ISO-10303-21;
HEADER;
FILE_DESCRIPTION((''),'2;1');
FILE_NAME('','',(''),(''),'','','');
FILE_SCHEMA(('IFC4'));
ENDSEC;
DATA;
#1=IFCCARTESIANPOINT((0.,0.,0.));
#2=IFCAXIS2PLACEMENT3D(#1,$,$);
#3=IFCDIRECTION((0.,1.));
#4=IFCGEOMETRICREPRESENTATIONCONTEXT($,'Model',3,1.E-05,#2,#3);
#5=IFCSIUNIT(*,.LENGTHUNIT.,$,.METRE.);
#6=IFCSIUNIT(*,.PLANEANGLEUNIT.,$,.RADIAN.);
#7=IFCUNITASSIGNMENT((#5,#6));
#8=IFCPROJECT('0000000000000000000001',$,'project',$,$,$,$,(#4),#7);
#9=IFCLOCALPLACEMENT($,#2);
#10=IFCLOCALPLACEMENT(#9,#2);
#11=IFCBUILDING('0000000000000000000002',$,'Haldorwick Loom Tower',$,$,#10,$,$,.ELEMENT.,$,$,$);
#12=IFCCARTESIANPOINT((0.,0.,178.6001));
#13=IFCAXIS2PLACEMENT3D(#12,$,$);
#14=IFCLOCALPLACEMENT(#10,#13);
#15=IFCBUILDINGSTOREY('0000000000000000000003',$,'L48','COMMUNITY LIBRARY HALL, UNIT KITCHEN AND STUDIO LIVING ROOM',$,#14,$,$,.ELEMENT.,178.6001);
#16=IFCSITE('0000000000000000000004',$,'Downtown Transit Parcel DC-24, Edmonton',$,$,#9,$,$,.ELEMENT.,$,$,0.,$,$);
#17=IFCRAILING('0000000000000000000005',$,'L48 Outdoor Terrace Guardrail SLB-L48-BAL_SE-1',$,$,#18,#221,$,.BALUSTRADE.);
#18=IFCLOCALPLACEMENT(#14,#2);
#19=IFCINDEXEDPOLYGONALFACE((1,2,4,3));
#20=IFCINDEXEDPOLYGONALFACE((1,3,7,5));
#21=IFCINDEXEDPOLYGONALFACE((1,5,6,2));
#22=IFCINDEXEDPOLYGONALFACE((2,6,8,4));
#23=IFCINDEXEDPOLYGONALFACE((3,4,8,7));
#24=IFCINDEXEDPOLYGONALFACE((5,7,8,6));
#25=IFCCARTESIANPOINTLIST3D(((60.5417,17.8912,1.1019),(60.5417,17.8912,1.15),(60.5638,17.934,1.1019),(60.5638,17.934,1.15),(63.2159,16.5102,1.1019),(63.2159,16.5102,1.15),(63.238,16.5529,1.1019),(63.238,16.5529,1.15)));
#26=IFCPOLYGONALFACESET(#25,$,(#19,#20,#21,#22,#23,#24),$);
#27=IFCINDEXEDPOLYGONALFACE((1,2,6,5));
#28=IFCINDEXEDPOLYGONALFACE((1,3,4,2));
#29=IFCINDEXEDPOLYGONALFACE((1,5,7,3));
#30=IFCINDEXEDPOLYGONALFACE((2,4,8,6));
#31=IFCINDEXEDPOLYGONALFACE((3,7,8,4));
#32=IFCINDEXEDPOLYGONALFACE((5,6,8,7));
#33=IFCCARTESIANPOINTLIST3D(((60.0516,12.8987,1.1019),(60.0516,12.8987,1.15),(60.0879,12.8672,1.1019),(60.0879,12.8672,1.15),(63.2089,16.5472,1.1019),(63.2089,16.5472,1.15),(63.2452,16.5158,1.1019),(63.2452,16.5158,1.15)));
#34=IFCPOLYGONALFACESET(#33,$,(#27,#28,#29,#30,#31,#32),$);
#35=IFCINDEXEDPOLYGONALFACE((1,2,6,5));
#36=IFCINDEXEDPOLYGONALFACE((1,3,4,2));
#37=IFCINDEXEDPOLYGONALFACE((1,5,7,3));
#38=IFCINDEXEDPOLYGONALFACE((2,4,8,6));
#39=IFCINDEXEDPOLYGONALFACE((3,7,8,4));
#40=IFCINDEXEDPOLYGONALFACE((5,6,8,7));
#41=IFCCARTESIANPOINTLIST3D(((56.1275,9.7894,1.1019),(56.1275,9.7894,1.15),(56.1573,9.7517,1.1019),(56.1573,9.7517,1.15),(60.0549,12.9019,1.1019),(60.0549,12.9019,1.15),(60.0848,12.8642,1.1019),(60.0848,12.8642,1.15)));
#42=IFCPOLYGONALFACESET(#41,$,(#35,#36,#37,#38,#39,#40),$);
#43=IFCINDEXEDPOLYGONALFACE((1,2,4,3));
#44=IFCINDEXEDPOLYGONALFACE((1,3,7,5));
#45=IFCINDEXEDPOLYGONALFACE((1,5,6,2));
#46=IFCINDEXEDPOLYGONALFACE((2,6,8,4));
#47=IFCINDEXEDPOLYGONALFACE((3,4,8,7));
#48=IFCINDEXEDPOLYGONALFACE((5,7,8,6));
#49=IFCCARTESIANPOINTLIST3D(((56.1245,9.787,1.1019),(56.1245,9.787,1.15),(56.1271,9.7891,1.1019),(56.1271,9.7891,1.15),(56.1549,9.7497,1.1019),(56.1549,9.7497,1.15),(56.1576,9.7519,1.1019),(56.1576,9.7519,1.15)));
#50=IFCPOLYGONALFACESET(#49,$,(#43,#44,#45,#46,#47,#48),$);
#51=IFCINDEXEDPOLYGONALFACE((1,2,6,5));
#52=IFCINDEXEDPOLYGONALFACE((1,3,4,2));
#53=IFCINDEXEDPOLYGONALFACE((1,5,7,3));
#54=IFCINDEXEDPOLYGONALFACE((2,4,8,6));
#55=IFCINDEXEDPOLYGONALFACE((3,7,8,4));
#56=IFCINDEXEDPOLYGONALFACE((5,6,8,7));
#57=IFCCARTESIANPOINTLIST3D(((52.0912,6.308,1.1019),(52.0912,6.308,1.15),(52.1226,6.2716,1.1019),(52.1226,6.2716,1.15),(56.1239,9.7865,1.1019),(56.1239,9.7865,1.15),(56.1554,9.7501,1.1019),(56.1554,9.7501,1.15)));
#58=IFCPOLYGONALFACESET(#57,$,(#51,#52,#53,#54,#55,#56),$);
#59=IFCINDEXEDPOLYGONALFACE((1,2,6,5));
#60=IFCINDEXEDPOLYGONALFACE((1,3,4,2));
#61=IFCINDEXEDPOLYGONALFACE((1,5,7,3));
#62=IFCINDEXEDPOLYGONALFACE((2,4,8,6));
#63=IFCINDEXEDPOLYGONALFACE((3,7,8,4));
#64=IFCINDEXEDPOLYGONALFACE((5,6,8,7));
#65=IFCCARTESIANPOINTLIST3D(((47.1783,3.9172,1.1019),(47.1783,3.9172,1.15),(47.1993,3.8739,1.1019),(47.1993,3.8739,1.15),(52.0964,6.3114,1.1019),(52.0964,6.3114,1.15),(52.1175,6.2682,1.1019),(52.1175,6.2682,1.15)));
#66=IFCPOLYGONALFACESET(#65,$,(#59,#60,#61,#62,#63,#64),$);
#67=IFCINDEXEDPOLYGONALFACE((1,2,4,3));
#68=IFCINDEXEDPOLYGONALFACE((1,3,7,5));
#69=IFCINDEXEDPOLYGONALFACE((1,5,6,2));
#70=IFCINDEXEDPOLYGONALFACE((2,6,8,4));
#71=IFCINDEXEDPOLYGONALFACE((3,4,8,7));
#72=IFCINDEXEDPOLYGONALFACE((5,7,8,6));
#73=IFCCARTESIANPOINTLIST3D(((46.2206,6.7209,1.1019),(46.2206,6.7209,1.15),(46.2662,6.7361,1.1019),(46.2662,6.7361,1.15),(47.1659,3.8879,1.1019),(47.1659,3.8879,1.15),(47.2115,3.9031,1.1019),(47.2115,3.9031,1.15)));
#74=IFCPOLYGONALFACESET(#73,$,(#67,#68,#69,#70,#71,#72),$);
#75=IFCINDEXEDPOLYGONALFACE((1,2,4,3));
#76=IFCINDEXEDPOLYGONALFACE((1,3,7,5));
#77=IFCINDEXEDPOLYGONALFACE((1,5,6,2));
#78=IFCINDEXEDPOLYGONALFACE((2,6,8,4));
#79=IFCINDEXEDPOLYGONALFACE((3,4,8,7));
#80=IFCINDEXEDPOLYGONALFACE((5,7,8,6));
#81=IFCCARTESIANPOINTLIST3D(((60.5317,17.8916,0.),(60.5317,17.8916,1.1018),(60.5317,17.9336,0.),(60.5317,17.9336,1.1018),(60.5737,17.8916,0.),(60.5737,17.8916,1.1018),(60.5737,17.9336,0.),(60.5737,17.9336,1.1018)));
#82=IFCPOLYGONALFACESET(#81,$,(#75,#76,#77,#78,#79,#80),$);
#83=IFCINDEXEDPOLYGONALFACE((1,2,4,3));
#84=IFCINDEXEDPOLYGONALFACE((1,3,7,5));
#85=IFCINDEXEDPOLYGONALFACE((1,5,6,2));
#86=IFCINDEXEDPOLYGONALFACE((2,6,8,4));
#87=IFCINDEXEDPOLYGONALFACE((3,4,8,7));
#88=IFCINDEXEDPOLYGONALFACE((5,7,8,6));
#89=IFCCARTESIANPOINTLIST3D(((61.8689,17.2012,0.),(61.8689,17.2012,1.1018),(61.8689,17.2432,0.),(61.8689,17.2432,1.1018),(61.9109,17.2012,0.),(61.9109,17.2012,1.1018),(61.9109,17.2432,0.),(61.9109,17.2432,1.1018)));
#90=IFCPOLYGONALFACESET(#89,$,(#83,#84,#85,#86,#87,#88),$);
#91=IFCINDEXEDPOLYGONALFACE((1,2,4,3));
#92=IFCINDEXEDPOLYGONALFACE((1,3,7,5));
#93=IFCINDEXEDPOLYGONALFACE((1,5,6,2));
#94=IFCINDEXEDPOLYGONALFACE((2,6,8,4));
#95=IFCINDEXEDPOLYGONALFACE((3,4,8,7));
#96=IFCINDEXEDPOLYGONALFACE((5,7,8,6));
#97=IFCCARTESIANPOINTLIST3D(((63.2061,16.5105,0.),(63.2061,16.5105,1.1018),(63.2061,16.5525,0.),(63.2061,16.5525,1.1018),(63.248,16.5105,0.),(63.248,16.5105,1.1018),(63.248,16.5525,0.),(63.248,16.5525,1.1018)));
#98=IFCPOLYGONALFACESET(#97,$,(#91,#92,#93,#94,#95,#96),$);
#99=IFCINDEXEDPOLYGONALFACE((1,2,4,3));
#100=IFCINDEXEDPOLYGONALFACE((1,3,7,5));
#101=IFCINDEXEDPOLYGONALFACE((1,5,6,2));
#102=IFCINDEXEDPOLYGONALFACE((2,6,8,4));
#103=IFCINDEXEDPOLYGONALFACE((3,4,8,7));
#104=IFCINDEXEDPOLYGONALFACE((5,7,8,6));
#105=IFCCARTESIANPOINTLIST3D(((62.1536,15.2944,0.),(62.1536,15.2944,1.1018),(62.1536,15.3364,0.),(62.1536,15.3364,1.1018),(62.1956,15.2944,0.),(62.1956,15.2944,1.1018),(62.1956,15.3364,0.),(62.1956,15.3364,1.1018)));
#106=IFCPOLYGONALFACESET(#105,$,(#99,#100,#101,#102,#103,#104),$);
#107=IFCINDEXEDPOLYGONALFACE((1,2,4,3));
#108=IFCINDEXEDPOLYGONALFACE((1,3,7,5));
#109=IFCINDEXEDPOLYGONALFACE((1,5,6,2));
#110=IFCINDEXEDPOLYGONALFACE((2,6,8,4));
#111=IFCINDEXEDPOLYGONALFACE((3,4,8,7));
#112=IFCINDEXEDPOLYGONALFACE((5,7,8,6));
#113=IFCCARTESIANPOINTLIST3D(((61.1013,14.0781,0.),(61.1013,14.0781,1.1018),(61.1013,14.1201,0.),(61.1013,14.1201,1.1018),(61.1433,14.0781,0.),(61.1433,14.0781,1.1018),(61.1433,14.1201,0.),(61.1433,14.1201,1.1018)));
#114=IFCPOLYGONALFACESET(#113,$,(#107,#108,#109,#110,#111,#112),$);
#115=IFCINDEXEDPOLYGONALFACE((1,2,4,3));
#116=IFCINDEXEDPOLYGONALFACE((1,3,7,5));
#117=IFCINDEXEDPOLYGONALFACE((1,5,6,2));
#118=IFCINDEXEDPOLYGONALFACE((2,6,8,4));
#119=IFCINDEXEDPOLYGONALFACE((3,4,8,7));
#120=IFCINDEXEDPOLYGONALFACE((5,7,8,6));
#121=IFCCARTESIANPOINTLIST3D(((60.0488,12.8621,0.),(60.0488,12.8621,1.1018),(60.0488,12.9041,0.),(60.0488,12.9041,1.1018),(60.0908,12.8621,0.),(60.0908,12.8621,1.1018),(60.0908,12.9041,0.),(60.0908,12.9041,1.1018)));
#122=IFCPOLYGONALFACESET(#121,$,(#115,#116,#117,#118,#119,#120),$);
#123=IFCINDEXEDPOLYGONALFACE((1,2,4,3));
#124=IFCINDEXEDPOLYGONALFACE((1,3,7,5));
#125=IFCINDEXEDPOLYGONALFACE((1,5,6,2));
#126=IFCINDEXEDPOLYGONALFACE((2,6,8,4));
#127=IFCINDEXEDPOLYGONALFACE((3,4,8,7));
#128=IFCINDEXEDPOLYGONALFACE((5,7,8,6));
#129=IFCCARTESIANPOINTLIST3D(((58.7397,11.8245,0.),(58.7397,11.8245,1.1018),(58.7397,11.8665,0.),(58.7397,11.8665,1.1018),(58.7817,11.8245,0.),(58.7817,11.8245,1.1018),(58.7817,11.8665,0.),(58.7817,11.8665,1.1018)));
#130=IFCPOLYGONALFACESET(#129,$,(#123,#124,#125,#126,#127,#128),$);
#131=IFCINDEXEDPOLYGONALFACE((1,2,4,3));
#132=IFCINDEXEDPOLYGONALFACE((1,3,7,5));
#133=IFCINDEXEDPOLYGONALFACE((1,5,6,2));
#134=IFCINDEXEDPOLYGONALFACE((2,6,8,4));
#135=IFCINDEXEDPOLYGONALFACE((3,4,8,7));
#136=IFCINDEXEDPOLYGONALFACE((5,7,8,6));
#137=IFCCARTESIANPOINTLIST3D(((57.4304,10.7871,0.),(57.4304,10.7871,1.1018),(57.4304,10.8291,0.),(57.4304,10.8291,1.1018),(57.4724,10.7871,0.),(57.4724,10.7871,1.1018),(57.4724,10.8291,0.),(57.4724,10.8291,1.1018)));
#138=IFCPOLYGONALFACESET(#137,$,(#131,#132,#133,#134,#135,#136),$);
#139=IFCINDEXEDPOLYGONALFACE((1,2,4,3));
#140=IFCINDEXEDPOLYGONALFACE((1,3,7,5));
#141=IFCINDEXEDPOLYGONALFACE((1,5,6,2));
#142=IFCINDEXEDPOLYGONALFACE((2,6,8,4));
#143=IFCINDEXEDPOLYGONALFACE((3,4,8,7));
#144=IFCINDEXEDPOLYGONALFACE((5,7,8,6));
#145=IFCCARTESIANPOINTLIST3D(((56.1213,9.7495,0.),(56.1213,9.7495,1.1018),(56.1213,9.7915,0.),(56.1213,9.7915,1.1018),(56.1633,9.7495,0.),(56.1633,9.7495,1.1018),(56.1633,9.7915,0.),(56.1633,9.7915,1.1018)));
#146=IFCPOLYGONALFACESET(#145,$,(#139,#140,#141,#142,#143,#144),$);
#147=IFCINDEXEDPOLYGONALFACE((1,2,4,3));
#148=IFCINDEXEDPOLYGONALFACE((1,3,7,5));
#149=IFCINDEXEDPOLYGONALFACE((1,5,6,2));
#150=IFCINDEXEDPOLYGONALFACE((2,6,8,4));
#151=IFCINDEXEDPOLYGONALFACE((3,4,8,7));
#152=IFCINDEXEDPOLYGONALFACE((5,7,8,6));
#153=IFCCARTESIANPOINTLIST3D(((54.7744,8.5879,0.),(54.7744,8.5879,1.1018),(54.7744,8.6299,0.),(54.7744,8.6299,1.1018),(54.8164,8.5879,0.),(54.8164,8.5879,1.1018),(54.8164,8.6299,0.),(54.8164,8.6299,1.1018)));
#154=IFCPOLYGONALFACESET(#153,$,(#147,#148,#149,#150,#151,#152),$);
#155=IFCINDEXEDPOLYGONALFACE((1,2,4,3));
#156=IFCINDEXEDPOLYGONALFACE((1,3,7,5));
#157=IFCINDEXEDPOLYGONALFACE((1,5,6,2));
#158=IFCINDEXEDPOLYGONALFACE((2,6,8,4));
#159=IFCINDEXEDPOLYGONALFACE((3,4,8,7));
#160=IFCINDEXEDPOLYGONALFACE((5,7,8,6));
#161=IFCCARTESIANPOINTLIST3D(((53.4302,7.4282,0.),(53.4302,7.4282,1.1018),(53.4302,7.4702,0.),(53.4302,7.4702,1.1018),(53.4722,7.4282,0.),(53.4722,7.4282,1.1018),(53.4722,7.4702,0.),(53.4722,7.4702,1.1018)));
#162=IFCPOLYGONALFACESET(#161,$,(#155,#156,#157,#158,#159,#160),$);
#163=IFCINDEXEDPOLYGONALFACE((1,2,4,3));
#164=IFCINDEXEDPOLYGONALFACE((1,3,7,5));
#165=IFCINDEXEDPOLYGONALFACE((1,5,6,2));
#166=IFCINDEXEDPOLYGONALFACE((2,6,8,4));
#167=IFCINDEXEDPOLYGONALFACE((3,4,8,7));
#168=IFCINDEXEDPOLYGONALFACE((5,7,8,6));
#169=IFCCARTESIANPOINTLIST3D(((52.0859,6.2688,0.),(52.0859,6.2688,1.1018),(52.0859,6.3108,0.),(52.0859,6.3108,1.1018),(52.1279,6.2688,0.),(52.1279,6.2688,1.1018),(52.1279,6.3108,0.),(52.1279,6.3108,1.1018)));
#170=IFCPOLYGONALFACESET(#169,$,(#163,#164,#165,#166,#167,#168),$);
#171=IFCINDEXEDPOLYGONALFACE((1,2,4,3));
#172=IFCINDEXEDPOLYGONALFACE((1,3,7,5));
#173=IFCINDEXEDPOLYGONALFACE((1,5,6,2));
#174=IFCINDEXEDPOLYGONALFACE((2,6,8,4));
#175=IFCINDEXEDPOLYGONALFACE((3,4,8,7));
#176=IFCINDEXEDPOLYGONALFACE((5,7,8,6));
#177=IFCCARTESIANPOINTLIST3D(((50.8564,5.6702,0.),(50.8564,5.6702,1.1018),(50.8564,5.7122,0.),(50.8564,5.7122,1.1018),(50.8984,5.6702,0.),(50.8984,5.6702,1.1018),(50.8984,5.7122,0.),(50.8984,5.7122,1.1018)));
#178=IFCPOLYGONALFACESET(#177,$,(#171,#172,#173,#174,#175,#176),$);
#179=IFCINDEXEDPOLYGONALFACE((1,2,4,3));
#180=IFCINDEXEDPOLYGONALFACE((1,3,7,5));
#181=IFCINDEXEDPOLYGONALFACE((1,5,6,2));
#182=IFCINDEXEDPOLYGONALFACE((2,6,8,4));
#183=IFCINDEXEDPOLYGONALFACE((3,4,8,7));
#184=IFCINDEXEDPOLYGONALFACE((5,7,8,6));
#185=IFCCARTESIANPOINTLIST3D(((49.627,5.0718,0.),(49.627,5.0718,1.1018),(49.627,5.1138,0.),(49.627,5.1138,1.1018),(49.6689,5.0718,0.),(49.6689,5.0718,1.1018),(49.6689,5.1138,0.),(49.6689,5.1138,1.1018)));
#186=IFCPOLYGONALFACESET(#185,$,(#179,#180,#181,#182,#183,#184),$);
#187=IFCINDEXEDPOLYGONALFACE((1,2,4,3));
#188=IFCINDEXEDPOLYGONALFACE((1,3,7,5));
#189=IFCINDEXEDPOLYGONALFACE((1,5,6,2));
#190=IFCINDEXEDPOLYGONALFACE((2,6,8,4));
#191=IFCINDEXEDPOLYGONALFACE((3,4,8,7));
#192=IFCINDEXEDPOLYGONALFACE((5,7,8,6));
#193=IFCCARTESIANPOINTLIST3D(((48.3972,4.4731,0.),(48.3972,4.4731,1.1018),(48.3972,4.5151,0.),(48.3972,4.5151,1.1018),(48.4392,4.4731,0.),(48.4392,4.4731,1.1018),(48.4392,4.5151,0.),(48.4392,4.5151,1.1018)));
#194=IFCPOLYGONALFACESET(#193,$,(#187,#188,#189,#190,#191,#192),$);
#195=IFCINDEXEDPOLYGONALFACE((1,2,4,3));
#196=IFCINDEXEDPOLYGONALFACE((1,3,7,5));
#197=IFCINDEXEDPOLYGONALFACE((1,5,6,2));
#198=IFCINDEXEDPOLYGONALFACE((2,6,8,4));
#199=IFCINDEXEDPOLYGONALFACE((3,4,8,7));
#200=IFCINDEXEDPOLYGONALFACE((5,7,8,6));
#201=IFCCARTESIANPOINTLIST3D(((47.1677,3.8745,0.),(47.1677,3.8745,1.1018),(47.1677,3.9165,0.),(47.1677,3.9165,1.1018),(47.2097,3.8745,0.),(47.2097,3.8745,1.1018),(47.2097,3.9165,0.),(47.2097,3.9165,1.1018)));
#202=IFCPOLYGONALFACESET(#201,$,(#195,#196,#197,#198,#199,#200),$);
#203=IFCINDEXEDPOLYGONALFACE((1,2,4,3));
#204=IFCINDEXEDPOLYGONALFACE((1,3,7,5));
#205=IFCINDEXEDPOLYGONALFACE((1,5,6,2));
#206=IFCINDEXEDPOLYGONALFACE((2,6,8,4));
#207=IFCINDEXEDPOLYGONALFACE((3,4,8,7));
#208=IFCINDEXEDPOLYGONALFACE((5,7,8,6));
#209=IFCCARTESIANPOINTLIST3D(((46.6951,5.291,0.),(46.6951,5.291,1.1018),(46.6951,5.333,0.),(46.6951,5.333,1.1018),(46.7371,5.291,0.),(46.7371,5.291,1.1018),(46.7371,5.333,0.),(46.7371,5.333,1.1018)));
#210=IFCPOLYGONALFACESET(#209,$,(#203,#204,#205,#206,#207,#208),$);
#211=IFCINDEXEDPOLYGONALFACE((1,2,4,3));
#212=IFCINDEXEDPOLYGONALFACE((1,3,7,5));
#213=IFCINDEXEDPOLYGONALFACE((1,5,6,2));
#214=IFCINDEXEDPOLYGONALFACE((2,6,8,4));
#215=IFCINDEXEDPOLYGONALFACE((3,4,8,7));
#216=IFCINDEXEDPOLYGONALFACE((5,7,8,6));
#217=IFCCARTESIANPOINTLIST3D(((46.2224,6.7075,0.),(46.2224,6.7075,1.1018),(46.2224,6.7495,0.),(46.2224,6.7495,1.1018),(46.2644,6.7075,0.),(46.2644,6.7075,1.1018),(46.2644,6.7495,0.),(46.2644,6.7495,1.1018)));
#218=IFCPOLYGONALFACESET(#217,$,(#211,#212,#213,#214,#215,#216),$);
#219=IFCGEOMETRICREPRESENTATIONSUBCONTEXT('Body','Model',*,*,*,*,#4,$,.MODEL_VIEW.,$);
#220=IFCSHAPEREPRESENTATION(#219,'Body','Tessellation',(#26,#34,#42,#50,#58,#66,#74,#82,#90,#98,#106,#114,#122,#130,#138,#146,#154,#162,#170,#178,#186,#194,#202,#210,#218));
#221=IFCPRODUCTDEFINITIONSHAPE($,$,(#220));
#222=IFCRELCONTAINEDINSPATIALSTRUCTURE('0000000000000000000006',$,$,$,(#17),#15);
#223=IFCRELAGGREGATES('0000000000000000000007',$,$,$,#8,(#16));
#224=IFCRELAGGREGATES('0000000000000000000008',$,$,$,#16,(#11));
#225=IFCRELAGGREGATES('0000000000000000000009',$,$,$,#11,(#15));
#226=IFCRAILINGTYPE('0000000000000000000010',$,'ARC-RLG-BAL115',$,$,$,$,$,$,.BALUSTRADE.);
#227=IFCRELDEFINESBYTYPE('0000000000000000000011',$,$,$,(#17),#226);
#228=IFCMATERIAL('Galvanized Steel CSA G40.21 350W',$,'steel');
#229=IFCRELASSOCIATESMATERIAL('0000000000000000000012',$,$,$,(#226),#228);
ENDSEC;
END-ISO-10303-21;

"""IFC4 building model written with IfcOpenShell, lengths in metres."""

from ifc_helpers import new_model, si_unit, direction, frame, origin, origin_2d, place, context, subcontext, project, spatial, rectangle, extrude, material, type_object, element, save


model = new_model("IFC4")

# Units and contexts
model_context = context("Model", 3, precision=1e-05, world=origin(), true_north=direction((0.0, 1.0)))
body_context = subcontext(model_context, "Body", "Model", "MODEL_VIEW")
ifc_project = project(units=[si_unit("LENGTHUNIT", "METRE"), si_unit("PLANEANGLEUNIT", "RADIAN")], contexts=[model_context])

# Site, building, storey
site_placement = place(None, origin())
site = spatial("IfcSite", under=ifc_project, at=site_placement, Name="Downtown Transit Parcel DC-24, Edmonton", CompositionType="ELEMENT", RefElevation=0.0)
building_placement = place(site_placement, origin())
building = spatial("IfcBuilding", under=site, at=building_placement, Name="Haldorwick Loom Tower", CompositionType="ELEMENT")
storey_placement = place(building_placement, frame((0.0, 0.0, 178.6001)))
storey = spatial("IfcBuildingStorey", under=building, at=storey_placement, Name="L48", Description="COMMUNITY LIBRARY HALL, UNIT KITCHEN AND STUDIO LIVING ROOM", CompositionType="ELEMENT", Elevation=178.6001)

# Railing
ifc_material_1 = material(Name="Galvanized Steel CSA G40.21 350W", Category="steel")
railing_type = type_object("IfcRailingType", Name="ARC-RLG-BAL115", PredefinedType="BALUSTRADE", material=ifc_material_1)
railing_placement = place(storey_placement, frame((60.5527, 17.9126, 0.0)))
element("IfcRailing", 1, at=railing_placement, inside=storey, type_object=railing_type, Name="L48 Outdoor Terrace Guardrail SLB-L48-BAL_SE-1", PredefinedType="BALUSTRADE", context=body_context, shape_type="SweptSolid", body=[
    extrude(rectangle(XDim=0.0481, YDim=0.0481, at=origin_2d()), frame((0.0, 0.0, 1.126), z_axis=(0.888511, -0.458856, 0.0), x_axis=(0.458856, 0.888511, 0.0)), (0.0, 0.0, 1.0), 3.0098),
    extrude(rectangle(XDim=0.0481, YDim=0.0481, at=origin_2d()), frame((2.6743, -1.3811, 1.126), z_axis=(-0.654368, -0.756176, 0.0), x_axis=(0.756176, -0.654368, 0.0)), (0.0, 0.0, 1.0), 4.825),
    extrude(rectangle(XDim=0.0481, YDim=0.0481, at=origin_2d()), frame((-0.4829, -5.0295, 1.126), z_axis=(-0.783727, -0.621106, 0.0), x_axis=(0.621106, -0.783727, 0.0)), (0.0, 0.0, 1.0), 5.0112),
    extrude(rectangle(XDim=0.0481, YDim=0.0481, at=origin_2d()), frame((-4.4104, -8.1421, 1.126), z_axis=(-0.773957, -0.633238, 0.0), x_axis=(0.633238, -0.773957, 0.0)), (0.0, 0.0, 1.0), 0.0034),
    extrude(rectangle(XDim=0.0481, YDim=0.0481, at=origin_2d()), frame((-4.4131, -8.1443, 1.126), z_axis=(-0.757221, -0.653159, 0.0), x_axis=(0.653159, -0.757221, 0.0)), (0.0, 0.0, 1.0), 5.3257),
    extrude(rectangle(XDim=0.0481, YDim=0.0481, at=origin_2d()), frame((-8.4458, -11.6228, 1.126), z_axis=(-0.899117, -0.437709, 0.0), x_axis=(0.437709, -0.899117, 0.0)), (0.0, 0.0, 1.0), 5.47),
    extrude(rectangle(XDim=0.0481, YDim=0.0481, at=origin_2d()), frame((-13.364, -14.0171, 1.126), z_axis=(-0.316522, 0.948585, 0.0), x_axis=(-0.948585, -0.316522, 0.0)), (0.0, 0.0, 1.0), 2.9866),
    extrude(rectangle(XDim=0.042, YDim=0.042, at=origin_2d()), origin(), (0.0, 0.0, 1.0), 1.1018),
    extrude(rectangle(XDim=0.042, YDim=0.042, at=origin_2d()), frame((1.3372, -0.6904, 0.0)), (0.0, 0.0, 1.0), 1.1018),
    extrude(rectangle(XDim=0.042, YDim=0.042, at=origin_2d()), frame((2.6743, -1.3811, 0.0)), (0.0, 0.0, 1.0), 1.1018),
    extrude(rectangle(XDim=0.042, YDim=0.042, at=origin_2d()), frame((1.6218, -2.5972, 0.0)), (0.0, 0.0, 1.0), 1.1018),
    extrude(rectangle(XDim=0.042, YDim=0.042, at=origin_2d()), frame((0.5696, -3.8135, 0.0)), (0.0, 0.0, 1.0), 1.1018),
    extrude(rectangle(XDim=0.042, YDim=0.042, at=origin_2d()), frame((-0.4829, -5.0295, 0.0)), (0.0, 0.0, 1.0), 1.1018),
    extrude(rectangle(XDim=0.042, YDim=0.042, at=origin_2d()), frame((-1.792, -6.0671, 0.0)), (0.0, 0.0, 1.0), 1.1018),
    extrude(rectangle(XDim=0.042, YDim=0.042, at=origin_2d()), frame((-3.1013, -7.1045, 0.0)), (0.0, 0.0, 1.0), 1.1018),
    extrude(rectangle(XDim=0.042, YDim=0.042, at=origin_2d()), frame((-4.4104, -8.1421, 0.0)), (0.0, 0.0, 1.0), 1.1018),
    extrude(rectangle(XDim=0.042, YDim=0.042, at=origin_2d()), frame((-5.7573, -9.3037, 0.0)), (0.0, 0.0, 1.0), 1.1018),
    extrude(rectangle(XDim=0.042, YDim=0.042, at=origin_2d()), frame((-7.1016, -10.4634, 0.0)), (0.0, 0.0, 1.0), 1.1018),
    extrude(rectangle(XDim=0.042, YDim=0.042, at=origin_2d()), frame((-8.4458, -11.6228, 0.0)), (0.0, 0.0, 1.0), 1.1018),
    extrude(rectangle(XDim=0.042, YDim=0.042, at=origin_2d()), frame((-9.6753, -12.2214, 0.0)), (0.0, 0.0, 1.0), 1.1018),
    extrude(rectangle(XDim=0.042, YDim=0.042, at=origin_2d()), frame((-10.9048, -12.8198, 0.0)), (0.0, 0.0, 1.0), 1.1018),
    extrude(rectangle(XDim=0.042, YDim=0.042, at=origin_2d()), frame((-12.1345, -13.4185, 0.0)), (0.0, 0.0, 1.0), 1.1018),
    extrude(rectangle(XDim=0.042, YDim=0.042, at=origin_2d()), frame((-13.364, -14.0171, 0.0)), (0.0, 0.0, 1.0), 1.1018),
    extrude(rectangle(XDim=0.042, YDim=0.042, at=origin_2d()), frame((-13.8367, -12.6006, 0.0)), (0.0, 0.0, 1.0), 1.1018),
    extrude(rectangle(XDim=0.042, YDim=0.042, at=origin_2d()), frame((-14.3093, -11.1841, 0.0)), (0.0, 0.0, 1.0), 1.1018),
])

save(model, "model.ifc")
